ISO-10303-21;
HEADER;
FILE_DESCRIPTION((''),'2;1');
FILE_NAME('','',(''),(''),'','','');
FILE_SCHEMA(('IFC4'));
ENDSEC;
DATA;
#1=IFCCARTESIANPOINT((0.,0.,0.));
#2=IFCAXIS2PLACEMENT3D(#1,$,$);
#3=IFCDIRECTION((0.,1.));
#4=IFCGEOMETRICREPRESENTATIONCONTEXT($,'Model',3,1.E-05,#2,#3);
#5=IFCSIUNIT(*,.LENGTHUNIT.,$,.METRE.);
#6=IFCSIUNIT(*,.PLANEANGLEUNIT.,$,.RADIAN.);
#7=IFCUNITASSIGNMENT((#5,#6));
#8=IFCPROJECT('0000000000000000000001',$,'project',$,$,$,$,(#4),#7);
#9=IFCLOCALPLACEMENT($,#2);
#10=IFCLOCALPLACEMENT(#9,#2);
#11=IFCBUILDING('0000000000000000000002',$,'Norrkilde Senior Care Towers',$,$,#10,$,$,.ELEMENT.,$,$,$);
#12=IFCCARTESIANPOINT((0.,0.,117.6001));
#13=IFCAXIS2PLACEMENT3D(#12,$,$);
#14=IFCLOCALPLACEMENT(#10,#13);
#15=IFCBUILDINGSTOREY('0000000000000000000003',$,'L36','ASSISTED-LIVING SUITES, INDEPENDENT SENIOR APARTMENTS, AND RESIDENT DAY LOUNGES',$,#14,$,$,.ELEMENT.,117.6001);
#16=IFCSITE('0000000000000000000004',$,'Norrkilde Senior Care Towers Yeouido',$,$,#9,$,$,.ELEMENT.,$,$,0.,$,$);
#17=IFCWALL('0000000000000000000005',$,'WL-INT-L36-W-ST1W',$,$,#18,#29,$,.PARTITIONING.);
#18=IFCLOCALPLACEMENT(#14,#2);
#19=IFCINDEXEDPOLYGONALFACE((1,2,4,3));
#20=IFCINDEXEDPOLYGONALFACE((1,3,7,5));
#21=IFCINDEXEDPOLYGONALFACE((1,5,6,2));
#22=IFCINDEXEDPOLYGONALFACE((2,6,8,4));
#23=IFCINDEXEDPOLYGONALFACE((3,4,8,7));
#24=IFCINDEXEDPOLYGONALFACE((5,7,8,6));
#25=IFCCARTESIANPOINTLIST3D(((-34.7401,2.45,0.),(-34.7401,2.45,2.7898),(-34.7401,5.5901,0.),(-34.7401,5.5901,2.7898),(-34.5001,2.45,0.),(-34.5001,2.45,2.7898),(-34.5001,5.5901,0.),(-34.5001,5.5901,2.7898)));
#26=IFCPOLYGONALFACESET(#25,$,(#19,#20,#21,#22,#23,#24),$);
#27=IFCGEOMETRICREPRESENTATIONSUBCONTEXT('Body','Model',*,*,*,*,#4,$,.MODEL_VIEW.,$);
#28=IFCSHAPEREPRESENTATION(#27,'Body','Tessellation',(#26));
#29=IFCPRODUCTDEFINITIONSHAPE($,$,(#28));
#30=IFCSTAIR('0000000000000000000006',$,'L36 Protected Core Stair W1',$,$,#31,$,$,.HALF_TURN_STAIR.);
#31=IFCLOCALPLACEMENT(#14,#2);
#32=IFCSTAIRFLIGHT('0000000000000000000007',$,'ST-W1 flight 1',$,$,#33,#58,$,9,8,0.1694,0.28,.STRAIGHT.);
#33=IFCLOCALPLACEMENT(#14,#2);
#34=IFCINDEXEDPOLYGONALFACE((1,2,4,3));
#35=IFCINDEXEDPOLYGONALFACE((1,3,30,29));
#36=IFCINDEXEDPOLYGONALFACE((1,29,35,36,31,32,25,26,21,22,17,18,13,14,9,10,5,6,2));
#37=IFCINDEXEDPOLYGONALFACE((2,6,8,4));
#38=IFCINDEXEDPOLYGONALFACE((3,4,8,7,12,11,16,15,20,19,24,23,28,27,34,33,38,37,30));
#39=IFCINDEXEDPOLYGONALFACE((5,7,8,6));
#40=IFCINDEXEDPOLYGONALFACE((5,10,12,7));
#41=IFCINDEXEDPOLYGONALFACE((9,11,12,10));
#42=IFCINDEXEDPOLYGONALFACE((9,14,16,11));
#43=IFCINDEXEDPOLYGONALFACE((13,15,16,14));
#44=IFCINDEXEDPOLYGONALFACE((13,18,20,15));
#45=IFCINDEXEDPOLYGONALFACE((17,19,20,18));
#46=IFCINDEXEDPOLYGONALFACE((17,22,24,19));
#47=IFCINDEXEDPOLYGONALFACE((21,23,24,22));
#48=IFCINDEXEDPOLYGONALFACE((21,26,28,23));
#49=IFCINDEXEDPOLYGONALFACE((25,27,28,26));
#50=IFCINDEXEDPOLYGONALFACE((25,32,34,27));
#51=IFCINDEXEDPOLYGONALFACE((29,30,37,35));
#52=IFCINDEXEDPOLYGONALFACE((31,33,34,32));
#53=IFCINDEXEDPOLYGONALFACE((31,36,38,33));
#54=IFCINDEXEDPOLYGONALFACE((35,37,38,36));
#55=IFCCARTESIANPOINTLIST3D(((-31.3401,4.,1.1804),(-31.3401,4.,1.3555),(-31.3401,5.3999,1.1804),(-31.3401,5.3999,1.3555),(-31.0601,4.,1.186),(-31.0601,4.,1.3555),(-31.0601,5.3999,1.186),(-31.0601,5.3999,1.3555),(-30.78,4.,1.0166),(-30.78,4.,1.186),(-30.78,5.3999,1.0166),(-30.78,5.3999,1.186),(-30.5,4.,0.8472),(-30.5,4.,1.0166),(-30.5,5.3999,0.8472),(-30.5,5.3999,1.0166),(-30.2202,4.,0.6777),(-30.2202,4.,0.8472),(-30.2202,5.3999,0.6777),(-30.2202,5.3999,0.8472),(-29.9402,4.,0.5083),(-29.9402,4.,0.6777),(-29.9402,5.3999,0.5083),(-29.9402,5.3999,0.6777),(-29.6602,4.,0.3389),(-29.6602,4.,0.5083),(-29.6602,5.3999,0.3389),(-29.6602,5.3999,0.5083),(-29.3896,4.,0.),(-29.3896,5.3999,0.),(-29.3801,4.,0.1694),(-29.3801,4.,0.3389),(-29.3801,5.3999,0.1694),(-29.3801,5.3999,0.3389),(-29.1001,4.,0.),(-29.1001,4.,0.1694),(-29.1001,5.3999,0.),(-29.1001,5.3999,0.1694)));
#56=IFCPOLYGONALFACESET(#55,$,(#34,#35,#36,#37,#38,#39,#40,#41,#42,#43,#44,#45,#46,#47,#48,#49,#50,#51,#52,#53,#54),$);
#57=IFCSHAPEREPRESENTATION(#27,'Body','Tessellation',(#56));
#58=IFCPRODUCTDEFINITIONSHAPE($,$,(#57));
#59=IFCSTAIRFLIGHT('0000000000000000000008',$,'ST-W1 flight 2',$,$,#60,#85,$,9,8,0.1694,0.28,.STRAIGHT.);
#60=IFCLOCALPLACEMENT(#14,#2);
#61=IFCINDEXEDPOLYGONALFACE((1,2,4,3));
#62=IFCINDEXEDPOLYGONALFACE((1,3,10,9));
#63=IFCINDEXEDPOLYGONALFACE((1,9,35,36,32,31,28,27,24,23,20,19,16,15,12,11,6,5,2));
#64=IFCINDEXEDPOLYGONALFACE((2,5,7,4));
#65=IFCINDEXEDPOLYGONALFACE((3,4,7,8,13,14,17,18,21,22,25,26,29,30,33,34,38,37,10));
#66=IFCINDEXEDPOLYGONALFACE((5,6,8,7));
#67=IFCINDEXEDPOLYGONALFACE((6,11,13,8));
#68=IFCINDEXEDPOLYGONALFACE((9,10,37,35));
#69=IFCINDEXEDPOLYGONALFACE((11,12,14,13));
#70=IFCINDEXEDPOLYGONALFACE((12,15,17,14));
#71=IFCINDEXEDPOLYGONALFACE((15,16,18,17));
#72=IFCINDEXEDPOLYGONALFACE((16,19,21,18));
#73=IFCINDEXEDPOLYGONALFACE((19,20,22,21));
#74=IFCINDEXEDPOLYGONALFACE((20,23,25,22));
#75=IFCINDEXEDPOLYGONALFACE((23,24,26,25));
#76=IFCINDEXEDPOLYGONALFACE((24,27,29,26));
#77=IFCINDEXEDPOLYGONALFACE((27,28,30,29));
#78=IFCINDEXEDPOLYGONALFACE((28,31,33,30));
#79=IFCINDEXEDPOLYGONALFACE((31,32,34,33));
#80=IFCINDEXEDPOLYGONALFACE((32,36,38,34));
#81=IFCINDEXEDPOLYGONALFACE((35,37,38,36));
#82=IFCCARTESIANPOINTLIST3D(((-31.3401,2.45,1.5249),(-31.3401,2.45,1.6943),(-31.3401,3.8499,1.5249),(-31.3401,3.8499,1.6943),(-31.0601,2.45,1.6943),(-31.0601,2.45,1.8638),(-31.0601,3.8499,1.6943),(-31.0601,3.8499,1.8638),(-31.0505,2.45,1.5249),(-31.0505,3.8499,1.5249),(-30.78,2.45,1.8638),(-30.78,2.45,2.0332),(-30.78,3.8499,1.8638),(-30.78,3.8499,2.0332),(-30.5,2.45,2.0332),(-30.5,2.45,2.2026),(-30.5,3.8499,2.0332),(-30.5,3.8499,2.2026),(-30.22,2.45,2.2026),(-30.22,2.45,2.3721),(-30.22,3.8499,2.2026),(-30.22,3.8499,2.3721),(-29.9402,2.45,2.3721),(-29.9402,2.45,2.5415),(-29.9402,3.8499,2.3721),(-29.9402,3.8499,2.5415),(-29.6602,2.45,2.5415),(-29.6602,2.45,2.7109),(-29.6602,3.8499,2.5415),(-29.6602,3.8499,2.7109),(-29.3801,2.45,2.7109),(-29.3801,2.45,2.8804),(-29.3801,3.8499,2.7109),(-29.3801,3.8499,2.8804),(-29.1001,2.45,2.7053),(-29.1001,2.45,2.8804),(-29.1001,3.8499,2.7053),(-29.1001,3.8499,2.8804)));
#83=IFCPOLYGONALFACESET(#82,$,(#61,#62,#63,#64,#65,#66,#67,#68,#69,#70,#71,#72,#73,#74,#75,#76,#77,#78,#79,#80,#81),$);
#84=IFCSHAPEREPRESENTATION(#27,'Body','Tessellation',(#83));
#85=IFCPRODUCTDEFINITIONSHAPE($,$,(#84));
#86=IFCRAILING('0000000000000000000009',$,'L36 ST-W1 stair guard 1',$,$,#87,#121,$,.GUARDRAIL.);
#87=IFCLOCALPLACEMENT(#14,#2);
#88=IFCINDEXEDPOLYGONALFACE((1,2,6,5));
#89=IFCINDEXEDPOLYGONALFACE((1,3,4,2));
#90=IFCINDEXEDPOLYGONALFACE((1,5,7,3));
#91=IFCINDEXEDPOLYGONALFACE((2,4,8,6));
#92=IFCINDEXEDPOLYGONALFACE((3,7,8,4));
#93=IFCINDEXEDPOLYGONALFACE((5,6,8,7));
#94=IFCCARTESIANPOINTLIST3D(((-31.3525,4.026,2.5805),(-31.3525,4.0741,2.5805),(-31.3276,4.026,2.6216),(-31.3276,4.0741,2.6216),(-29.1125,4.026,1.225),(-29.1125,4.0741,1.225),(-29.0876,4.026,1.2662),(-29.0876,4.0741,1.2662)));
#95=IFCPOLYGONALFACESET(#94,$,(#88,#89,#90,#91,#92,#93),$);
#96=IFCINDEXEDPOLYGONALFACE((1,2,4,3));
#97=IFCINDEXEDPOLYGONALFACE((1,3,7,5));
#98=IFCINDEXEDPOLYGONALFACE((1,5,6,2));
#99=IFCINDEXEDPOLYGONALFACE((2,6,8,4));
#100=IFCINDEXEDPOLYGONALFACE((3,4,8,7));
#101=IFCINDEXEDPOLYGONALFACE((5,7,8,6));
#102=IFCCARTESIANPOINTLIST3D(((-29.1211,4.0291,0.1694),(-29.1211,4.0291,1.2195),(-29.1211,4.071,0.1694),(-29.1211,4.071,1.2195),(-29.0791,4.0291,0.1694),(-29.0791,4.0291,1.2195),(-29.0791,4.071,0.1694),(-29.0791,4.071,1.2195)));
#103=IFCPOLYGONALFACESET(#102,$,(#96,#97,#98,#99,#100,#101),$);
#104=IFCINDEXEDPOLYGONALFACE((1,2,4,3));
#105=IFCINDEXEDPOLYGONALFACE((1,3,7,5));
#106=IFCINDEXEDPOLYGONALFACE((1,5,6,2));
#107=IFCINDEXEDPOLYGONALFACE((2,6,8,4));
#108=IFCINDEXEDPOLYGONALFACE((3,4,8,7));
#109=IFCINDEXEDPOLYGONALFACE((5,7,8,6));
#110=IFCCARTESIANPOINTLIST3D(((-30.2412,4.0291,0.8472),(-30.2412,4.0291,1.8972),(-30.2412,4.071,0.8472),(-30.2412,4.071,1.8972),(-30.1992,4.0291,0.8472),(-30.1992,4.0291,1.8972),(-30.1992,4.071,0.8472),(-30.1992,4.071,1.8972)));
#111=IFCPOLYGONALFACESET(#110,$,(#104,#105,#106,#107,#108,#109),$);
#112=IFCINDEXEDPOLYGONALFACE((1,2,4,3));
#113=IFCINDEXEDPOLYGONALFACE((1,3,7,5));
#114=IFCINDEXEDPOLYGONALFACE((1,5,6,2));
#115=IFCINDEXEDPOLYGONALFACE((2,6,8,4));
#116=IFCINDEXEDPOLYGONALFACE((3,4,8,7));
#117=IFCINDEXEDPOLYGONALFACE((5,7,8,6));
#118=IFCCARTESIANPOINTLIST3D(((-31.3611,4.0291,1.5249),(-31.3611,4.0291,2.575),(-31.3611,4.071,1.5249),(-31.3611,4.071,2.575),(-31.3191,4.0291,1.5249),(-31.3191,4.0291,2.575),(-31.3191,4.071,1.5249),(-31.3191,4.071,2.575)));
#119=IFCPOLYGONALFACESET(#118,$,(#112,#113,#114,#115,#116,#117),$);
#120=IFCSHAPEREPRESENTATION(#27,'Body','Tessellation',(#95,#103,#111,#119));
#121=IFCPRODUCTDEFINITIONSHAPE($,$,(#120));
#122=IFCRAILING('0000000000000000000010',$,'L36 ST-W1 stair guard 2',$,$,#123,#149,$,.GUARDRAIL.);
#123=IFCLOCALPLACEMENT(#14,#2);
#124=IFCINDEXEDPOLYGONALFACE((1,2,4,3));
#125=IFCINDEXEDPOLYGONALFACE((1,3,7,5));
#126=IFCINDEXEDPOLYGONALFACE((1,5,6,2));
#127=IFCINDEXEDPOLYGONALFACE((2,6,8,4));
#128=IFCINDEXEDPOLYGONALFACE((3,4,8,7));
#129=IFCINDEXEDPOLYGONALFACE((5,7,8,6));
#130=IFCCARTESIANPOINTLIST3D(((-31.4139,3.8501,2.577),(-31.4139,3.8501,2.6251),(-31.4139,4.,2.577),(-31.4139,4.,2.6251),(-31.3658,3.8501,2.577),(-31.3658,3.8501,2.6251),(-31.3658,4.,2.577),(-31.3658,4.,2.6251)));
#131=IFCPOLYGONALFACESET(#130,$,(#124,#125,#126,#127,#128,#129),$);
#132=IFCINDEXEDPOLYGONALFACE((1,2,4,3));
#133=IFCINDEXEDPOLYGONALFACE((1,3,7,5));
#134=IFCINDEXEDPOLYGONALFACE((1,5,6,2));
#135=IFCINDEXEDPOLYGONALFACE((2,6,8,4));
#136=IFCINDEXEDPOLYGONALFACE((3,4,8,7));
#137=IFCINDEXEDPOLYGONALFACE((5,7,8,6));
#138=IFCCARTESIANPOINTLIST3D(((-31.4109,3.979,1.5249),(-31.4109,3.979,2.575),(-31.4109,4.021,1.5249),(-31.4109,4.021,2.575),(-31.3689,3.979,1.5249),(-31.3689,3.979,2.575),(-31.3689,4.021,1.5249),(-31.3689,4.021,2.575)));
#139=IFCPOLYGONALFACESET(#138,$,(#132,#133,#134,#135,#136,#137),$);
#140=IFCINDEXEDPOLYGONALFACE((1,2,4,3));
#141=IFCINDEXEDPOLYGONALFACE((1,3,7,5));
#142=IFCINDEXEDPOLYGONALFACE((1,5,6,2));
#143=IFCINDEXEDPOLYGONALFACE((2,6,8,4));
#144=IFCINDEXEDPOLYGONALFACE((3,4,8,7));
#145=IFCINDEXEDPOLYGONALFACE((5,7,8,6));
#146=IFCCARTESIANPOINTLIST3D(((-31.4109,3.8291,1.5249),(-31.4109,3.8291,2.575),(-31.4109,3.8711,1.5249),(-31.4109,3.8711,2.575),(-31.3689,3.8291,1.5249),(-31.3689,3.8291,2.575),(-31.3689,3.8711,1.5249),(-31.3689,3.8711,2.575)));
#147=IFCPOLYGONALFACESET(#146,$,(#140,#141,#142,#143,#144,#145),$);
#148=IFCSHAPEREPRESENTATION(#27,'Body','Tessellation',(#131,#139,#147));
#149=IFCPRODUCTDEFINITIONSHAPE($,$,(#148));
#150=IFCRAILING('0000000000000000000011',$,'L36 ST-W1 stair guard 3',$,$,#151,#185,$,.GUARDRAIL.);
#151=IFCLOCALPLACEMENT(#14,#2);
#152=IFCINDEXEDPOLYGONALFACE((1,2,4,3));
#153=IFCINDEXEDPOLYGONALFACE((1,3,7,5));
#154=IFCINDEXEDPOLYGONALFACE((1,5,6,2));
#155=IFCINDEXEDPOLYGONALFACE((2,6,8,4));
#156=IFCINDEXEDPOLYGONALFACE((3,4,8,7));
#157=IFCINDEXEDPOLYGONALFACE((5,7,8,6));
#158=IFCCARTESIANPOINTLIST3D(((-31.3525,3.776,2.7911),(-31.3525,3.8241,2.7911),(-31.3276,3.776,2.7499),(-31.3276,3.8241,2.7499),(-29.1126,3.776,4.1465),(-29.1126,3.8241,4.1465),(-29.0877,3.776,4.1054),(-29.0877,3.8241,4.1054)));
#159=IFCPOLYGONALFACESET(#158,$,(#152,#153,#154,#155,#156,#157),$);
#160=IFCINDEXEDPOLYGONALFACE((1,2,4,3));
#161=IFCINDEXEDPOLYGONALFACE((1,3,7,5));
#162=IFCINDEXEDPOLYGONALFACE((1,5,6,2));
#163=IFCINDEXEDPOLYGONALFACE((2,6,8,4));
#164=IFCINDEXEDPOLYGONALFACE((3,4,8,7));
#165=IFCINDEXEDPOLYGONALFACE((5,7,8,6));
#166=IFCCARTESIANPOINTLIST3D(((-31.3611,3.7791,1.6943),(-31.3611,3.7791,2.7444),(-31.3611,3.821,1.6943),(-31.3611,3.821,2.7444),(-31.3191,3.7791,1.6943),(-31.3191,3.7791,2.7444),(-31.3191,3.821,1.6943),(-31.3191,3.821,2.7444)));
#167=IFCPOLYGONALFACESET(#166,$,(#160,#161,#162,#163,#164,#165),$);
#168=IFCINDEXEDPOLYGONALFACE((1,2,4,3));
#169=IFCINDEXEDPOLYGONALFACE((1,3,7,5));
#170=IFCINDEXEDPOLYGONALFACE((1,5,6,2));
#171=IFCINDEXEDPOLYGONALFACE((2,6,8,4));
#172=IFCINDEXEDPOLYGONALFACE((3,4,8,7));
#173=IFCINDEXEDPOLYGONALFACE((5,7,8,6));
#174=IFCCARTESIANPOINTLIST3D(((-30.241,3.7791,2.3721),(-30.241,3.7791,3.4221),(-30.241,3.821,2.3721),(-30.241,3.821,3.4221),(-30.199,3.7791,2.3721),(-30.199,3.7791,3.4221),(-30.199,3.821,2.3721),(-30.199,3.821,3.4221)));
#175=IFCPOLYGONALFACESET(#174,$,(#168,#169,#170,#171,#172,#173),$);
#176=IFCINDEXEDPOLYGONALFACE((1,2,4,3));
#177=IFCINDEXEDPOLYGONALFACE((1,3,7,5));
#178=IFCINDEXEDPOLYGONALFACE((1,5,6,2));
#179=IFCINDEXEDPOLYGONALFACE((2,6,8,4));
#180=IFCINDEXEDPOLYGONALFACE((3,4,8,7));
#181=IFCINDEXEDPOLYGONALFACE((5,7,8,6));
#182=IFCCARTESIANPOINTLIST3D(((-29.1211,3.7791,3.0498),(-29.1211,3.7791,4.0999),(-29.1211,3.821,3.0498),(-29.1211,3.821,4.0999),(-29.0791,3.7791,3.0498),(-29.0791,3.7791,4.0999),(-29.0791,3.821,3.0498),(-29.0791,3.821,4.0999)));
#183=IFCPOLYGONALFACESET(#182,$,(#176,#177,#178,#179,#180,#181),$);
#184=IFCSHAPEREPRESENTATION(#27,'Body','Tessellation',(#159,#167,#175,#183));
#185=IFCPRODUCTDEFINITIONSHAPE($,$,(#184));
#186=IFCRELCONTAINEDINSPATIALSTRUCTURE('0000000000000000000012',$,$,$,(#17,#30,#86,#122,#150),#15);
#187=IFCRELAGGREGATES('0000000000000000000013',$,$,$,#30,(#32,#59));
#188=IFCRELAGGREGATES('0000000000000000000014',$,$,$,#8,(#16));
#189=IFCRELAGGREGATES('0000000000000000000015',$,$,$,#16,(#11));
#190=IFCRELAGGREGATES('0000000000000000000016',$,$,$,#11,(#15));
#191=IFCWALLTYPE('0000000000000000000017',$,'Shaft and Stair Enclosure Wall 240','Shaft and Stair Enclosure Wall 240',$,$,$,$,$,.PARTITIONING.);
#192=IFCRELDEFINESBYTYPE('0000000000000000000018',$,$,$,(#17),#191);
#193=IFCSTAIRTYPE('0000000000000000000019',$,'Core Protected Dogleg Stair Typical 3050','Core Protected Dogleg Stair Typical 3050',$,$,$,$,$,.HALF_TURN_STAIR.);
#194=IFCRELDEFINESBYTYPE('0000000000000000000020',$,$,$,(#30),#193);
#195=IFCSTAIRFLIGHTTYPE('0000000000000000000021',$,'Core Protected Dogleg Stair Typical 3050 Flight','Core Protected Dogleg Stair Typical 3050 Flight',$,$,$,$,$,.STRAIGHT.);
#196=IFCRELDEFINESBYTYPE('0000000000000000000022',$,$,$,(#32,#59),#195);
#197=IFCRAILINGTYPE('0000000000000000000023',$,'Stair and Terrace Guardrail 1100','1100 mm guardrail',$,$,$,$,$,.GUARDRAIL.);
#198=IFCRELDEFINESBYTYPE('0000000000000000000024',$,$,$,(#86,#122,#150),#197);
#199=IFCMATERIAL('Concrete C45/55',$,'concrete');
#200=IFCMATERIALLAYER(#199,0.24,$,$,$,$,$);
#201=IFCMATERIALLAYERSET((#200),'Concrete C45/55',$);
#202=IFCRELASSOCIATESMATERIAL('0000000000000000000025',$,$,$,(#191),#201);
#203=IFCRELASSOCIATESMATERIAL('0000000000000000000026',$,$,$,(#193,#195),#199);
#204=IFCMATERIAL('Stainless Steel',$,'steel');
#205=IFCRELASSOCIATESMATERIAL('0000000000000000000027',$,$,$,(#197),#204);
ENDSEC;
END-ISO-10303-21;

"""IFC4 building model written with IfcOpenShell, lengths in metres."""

from ifc_helpers import new_model, si_unit, direction, frame, frame_2d, origin, origin_2d, place, context, subcontext, project, spatial, polyline, rectangle, outline, extrude, source, transform, mapped, material, layer, layer_set, type_object, type_shapes, element, aggregate, save


model = new_model("IFC4")

# Units and contexts
model_context = context("Model", 3, precision=1e-05, world=origin(), true_north=direction((0.0, 1.0)))
body_context = subcontext(model_context, "Body", "Model", "MODEL_VIEW")
ifc_project = project(units=[si_unit("LENGTHUNIT", "METRE"), si_unit("PLANEANGLEUNIT", "RADIAN")], contexts=[model_context])

# Site, building, storey
site_placement = place(None, origin())
site = spatial("IfcSite", under=ifc_project, at=site_placement, Name="Norrkilde Senior Care Towers Yeouido", CompositionType="ELEMENT", RefElevation=0.0)
building_placement = place(site_placement, origin())
building = spatial("IfcBuilding", under=site, at=building_placement, Name="Norrkilde Senior Care Towers", CompositionType="ELEMENT")
storey_placement = place(building_placement, frame((0.0, 0.0, 117.6001)))
storey = spatial("IfcBuildingStorey", under=building, at=storey_placement, Name="L36", Description="ASSISTED-LIVING SUITES, INDEPENDENT SENIOR APARTMENTS, AND RESIDENT DAY LOUNGES", CompositionType="ELEMENT", Elevation=117.6001)

# Wall
ifc_material_1 = material(Name="Concrete C45/55", Category="concrete")
ifc_layer_1 = layer(ifc_material_1, 0.24)
ifc_layer_set_1 = layer_set([ifc_layer_1], Name="Concrete C45/55")
wall_type_1 = type_object("IfcWallType", Name="Shaft and Stair Enclosure Wall 240", Description="Shaft and Stair Enclosure Wall 240", PredefinedType="PARTITIONING", material=ifc_layer_set_1)
shared_shape_1 = source(origin(), body_context, "Body", "SweptSolid", [
    extrude(rectangle(XDim=3.1401, YDim=0.24, at=frame_2d((1.5701, 0.0))), origin(), (0.0, 0.0, 1.0), 2.7898),
])
type_shapes(wall_type_1, [shared_shape_1])
wall_1_placement = place(storey_placement, frame((-34.6201, 2.45, 0.0), z_axis=(0.0, 0.0, 1.0), x_axis=(0.0, 1.0, 0.0)))
element("IfcWall", 1, at=wall_1_placement, inside=storey, type_object=wall_type_1, Name="WL-INT-L36-W-ST1W", PredefinedType="PARTITIONING", context=body_context, shape_type="MappedRepresentation", body=[
    mapped(shared_shape_1, transform((0.0, 0.0, 0.0), x_axis=(1.0, 0.0, 0.0), y_axis=(0.0, 1.0, 0.0), z_axis=(0.0, 0.0, 1.0), scale=1.0)),
])

# Stair, stair flights
stair_type = type_object("IfcStairType", Name="Core Protected Dogleg Stair Typical 3050", Description="Core Protected Dogleg Stair Typical 3050", PredefinedType="HALF_TURN_STAIR", material=ifc_material_1)
stair_placement = place(storey_placement, origin())
stair = element("IfcStair", 2, at=stair_placement, inside=storey, type_object=stair_type, Name="L36 Protected Core Stair W1", PredefinedType="HALF_TURN_STAIR")
stair_flight_type = type_object("IfcStairFlightType", Name="Core Protected Dogleg Stair Typical 3050 Flight", Description="Core Protected Dogleg Stair Typical 3050 Flight", PredefinedType="STRAIGHT", material=ifc_material_1)
stair_flight_1_placement = place(storey_placement, frame((-29.1001, 4.7, 0.0), z_axis=(0.0, 0.0, 1.0), x_axis=(-1.0, 0.0, 0.0)))
stair_flight_1 = element("IfcStairFlight", 3, at=stair_flight_1_placement, type_object=stair_flight_type, Name="ST-W1 flight 1", NumberOfRisers=9, NumberOfTreads=8, PredefinedType="STRAIGHT", RiserHeight=0.1694, TreadLength=0.28, context=body_context, shape_type="SweptSolid", body=[
    extrude(outline(polyline([(0.0, 0.0), (0.0, 0.1694), (0.28, 0.1694), (0.28, 0.3389), (0.5601, 0.3389), (0.5601, 0.5083), (0.8401, 0.5083), (0.8401, 0.6777), (1.1201, 0.6777), (1.1201, 0.8472), (1.3999, 0.8472), (1.3999, 1.0166), (1.6799, 1.0166), (1.6799, 1.186), (1.96, 1.186), (1.96, 1.3555), (2.24, 1.3555), (2.24, 1.5249), (2.24, 1.1804), (0.2896, 0.0), (0.0, 0.0)])), frame((0.0, 0.7, 0.0), z_axis=(0.0, -1.0, 0.0), x_axis=(1.0, 0.0, 0.0)), (0.0, 0.0, 1.0), 1.3999),
])
stair_flight_2_placement = place(storey_placement, frame((-31.3401, 3.1499, 1.5249), z_axis=(0.0, 0.0, 1.0), x_axis=(1.0, 0.0, 0.0)))
stair_flight_2 = element("IfcStairFlight", 4, at=stair_flight_2_placement, type_object=stair_flight_type, Name="ST-W1 flight 2", NumberOfRisers=9, NumberOfTreads=8, PredefinedType="STRAIGHT", RiserHeight=0.1694, TreadLength=0.28, context=body_context, shape_type="SweptSolid", body=[
    extrude(outline(polyline([(0.0, 0.0), (0.0, 0.1694), (0.28, 0.1694), (0.28, 0.3389), (0.5601, 0.3389), (0.5601, 0.5083), (0.8401, 0.5083), (0.8401, 0.6777), (1.1201, 0.6777), (1.1201, 0.8472), (1.3999, 0.8472), (1.3999, 1.0166), (1.6799, 1.0166), (1.6799, 1.186), (1.96, 1.186), (1.96, 1.3555), (2.24, 1.3555), (2.24, 1.5249), (2.24, 1.1804), (0.2896, 0.0), (0.0, 0.0)])), frame((0.0, 0.7, 0.0), z_axis=(0.0, -1.0, 0.0), x_axis=(1.0, 0.0, 0.0)), (0.0, 0.0, 1.0), 1.3999),
])
aggregate(stair, [stair_flight_1, stair_flight_2])

# Railings
ifc_material_2 = material(Name="Stainless Steel", Category="steel")
railing_type_1 = type_object("IfcRailingType", Name="Stair and Terrace Guardrail 1100", Description="1100 mm guardrail", PredefinedType="GUARDRAIL", material=ifc_material_2)
railing_1_placement = place(storey_placement, frame((-29.1001, 4.05, 0.1694)))
element("IfcRailing", 5, at=railing_1_placement, inside=storey, type_object=railing_type_1, Name="L36 ST-W1 stair guard 1", PredefinedType="GUARDRAIL", context=body_context, shape_type="SweptSolid", body=[
    extrude(rectangle(XDim=0.0481, YDim=0.0481, at=origin_2d()), frame((0.0, 0.0, 1.0762), z_axis=(-0.855553, 0.0, 0.517715), x_axis=(0.0, -1.0, 0.0)), (0.0, 0.0, 1.0), 2.6182),
    extrude(rectangle(XDim=0.042, YDim=0.042, at=origin_2d()), origin(), (0.0, 0.0, 1.0), 1.05),
    extrude(rectangle(XDim=0.042, YDim=0.042, at=origin_2d()), frame((-1.1201, 0.0, 0.6777)), (0.0, 0.0, 1.0), 1.05),
    extrude(rectangle(XDim=0.042, YDim=0.042, at=origin_2d()), frame((-2.24, 0.0, 1.3555)), (0.0, 0.0, 1.0), 1.05),
])
railing_2_placement = place(storey_placement, frame((-31.3899, 4.0, 1.5249)))
element("IfcRailing", 6, at=railing_2_placement, inside=storey, type_object=railing_type_1, Name="L36 ST-W1 stair guard 2", PredefinedType="GUARDRAIL", context=body_context, shape_type="SweptSolid", body=[
    extrude(rectangle(XDim=0.0481, YDim=0.0481, at=origin_2d()), frame((0.0, 0.0, 1.0762), z_axis=(0.0, -1.0, 0.0), x_axis=(1.0, 0.0, 0.0)), (0.0, 0.0, 1.0), 0.1499),
    extrude(rectangle(XDim=0.042, YDim=0.042, at=origin_2d()), origin(), (0.0, 0.0, 1.0), 1.05),
    extrude(rectangle(XDim=0.042, YDim=0.042, at=origin_2d()), frame((0.0, -0.1499, 0.0)), (0.0, 0.0, 1.0), 1.05),
])
railing_3_placement = place(storey_placement, frame((-31.3401, 3.8, 1.6943)))
element("IfcRailing", 7, at=railing_3_placement, inside=storey, type_object=railing_type_1, Name="L36 ST-W1 stair guard 3", PredefinedType="GUARDRAIL", context=body_context, shape_type="SweptSolid", body=[
    extrude(rectangle(XDim=0.0481, YDim=0.0481, at=origin_2d()), frame((0.0, 0.0, 1.0762), z_axis=(0.855553, 0.0, 0.517715), x_axis=(0.0, 1.0, 0.0)), (0.0, 0.0, 1.0), 2.6182),
    extrude(rectangle(XDim=0.042, YDim=0.042, at=origin_2d()), origin(), (0.0, 0.0, 1.0), 1.05),
    extrude(rectangle(XDim=0.042, YDim=0.042, at=origin_2d()), frame((1.1201, 0.0, 0.6777)), (0.0, 0.0, 1.0), 1.05),
    extrude(rectangle(XDim=0.042, YDim=0.042, at=origin_2d()), frame((2.24, 0.0, 1.3555)), (0.0, 0.0, 1.0), 1.05),
])

save(model, "model.ifc")
